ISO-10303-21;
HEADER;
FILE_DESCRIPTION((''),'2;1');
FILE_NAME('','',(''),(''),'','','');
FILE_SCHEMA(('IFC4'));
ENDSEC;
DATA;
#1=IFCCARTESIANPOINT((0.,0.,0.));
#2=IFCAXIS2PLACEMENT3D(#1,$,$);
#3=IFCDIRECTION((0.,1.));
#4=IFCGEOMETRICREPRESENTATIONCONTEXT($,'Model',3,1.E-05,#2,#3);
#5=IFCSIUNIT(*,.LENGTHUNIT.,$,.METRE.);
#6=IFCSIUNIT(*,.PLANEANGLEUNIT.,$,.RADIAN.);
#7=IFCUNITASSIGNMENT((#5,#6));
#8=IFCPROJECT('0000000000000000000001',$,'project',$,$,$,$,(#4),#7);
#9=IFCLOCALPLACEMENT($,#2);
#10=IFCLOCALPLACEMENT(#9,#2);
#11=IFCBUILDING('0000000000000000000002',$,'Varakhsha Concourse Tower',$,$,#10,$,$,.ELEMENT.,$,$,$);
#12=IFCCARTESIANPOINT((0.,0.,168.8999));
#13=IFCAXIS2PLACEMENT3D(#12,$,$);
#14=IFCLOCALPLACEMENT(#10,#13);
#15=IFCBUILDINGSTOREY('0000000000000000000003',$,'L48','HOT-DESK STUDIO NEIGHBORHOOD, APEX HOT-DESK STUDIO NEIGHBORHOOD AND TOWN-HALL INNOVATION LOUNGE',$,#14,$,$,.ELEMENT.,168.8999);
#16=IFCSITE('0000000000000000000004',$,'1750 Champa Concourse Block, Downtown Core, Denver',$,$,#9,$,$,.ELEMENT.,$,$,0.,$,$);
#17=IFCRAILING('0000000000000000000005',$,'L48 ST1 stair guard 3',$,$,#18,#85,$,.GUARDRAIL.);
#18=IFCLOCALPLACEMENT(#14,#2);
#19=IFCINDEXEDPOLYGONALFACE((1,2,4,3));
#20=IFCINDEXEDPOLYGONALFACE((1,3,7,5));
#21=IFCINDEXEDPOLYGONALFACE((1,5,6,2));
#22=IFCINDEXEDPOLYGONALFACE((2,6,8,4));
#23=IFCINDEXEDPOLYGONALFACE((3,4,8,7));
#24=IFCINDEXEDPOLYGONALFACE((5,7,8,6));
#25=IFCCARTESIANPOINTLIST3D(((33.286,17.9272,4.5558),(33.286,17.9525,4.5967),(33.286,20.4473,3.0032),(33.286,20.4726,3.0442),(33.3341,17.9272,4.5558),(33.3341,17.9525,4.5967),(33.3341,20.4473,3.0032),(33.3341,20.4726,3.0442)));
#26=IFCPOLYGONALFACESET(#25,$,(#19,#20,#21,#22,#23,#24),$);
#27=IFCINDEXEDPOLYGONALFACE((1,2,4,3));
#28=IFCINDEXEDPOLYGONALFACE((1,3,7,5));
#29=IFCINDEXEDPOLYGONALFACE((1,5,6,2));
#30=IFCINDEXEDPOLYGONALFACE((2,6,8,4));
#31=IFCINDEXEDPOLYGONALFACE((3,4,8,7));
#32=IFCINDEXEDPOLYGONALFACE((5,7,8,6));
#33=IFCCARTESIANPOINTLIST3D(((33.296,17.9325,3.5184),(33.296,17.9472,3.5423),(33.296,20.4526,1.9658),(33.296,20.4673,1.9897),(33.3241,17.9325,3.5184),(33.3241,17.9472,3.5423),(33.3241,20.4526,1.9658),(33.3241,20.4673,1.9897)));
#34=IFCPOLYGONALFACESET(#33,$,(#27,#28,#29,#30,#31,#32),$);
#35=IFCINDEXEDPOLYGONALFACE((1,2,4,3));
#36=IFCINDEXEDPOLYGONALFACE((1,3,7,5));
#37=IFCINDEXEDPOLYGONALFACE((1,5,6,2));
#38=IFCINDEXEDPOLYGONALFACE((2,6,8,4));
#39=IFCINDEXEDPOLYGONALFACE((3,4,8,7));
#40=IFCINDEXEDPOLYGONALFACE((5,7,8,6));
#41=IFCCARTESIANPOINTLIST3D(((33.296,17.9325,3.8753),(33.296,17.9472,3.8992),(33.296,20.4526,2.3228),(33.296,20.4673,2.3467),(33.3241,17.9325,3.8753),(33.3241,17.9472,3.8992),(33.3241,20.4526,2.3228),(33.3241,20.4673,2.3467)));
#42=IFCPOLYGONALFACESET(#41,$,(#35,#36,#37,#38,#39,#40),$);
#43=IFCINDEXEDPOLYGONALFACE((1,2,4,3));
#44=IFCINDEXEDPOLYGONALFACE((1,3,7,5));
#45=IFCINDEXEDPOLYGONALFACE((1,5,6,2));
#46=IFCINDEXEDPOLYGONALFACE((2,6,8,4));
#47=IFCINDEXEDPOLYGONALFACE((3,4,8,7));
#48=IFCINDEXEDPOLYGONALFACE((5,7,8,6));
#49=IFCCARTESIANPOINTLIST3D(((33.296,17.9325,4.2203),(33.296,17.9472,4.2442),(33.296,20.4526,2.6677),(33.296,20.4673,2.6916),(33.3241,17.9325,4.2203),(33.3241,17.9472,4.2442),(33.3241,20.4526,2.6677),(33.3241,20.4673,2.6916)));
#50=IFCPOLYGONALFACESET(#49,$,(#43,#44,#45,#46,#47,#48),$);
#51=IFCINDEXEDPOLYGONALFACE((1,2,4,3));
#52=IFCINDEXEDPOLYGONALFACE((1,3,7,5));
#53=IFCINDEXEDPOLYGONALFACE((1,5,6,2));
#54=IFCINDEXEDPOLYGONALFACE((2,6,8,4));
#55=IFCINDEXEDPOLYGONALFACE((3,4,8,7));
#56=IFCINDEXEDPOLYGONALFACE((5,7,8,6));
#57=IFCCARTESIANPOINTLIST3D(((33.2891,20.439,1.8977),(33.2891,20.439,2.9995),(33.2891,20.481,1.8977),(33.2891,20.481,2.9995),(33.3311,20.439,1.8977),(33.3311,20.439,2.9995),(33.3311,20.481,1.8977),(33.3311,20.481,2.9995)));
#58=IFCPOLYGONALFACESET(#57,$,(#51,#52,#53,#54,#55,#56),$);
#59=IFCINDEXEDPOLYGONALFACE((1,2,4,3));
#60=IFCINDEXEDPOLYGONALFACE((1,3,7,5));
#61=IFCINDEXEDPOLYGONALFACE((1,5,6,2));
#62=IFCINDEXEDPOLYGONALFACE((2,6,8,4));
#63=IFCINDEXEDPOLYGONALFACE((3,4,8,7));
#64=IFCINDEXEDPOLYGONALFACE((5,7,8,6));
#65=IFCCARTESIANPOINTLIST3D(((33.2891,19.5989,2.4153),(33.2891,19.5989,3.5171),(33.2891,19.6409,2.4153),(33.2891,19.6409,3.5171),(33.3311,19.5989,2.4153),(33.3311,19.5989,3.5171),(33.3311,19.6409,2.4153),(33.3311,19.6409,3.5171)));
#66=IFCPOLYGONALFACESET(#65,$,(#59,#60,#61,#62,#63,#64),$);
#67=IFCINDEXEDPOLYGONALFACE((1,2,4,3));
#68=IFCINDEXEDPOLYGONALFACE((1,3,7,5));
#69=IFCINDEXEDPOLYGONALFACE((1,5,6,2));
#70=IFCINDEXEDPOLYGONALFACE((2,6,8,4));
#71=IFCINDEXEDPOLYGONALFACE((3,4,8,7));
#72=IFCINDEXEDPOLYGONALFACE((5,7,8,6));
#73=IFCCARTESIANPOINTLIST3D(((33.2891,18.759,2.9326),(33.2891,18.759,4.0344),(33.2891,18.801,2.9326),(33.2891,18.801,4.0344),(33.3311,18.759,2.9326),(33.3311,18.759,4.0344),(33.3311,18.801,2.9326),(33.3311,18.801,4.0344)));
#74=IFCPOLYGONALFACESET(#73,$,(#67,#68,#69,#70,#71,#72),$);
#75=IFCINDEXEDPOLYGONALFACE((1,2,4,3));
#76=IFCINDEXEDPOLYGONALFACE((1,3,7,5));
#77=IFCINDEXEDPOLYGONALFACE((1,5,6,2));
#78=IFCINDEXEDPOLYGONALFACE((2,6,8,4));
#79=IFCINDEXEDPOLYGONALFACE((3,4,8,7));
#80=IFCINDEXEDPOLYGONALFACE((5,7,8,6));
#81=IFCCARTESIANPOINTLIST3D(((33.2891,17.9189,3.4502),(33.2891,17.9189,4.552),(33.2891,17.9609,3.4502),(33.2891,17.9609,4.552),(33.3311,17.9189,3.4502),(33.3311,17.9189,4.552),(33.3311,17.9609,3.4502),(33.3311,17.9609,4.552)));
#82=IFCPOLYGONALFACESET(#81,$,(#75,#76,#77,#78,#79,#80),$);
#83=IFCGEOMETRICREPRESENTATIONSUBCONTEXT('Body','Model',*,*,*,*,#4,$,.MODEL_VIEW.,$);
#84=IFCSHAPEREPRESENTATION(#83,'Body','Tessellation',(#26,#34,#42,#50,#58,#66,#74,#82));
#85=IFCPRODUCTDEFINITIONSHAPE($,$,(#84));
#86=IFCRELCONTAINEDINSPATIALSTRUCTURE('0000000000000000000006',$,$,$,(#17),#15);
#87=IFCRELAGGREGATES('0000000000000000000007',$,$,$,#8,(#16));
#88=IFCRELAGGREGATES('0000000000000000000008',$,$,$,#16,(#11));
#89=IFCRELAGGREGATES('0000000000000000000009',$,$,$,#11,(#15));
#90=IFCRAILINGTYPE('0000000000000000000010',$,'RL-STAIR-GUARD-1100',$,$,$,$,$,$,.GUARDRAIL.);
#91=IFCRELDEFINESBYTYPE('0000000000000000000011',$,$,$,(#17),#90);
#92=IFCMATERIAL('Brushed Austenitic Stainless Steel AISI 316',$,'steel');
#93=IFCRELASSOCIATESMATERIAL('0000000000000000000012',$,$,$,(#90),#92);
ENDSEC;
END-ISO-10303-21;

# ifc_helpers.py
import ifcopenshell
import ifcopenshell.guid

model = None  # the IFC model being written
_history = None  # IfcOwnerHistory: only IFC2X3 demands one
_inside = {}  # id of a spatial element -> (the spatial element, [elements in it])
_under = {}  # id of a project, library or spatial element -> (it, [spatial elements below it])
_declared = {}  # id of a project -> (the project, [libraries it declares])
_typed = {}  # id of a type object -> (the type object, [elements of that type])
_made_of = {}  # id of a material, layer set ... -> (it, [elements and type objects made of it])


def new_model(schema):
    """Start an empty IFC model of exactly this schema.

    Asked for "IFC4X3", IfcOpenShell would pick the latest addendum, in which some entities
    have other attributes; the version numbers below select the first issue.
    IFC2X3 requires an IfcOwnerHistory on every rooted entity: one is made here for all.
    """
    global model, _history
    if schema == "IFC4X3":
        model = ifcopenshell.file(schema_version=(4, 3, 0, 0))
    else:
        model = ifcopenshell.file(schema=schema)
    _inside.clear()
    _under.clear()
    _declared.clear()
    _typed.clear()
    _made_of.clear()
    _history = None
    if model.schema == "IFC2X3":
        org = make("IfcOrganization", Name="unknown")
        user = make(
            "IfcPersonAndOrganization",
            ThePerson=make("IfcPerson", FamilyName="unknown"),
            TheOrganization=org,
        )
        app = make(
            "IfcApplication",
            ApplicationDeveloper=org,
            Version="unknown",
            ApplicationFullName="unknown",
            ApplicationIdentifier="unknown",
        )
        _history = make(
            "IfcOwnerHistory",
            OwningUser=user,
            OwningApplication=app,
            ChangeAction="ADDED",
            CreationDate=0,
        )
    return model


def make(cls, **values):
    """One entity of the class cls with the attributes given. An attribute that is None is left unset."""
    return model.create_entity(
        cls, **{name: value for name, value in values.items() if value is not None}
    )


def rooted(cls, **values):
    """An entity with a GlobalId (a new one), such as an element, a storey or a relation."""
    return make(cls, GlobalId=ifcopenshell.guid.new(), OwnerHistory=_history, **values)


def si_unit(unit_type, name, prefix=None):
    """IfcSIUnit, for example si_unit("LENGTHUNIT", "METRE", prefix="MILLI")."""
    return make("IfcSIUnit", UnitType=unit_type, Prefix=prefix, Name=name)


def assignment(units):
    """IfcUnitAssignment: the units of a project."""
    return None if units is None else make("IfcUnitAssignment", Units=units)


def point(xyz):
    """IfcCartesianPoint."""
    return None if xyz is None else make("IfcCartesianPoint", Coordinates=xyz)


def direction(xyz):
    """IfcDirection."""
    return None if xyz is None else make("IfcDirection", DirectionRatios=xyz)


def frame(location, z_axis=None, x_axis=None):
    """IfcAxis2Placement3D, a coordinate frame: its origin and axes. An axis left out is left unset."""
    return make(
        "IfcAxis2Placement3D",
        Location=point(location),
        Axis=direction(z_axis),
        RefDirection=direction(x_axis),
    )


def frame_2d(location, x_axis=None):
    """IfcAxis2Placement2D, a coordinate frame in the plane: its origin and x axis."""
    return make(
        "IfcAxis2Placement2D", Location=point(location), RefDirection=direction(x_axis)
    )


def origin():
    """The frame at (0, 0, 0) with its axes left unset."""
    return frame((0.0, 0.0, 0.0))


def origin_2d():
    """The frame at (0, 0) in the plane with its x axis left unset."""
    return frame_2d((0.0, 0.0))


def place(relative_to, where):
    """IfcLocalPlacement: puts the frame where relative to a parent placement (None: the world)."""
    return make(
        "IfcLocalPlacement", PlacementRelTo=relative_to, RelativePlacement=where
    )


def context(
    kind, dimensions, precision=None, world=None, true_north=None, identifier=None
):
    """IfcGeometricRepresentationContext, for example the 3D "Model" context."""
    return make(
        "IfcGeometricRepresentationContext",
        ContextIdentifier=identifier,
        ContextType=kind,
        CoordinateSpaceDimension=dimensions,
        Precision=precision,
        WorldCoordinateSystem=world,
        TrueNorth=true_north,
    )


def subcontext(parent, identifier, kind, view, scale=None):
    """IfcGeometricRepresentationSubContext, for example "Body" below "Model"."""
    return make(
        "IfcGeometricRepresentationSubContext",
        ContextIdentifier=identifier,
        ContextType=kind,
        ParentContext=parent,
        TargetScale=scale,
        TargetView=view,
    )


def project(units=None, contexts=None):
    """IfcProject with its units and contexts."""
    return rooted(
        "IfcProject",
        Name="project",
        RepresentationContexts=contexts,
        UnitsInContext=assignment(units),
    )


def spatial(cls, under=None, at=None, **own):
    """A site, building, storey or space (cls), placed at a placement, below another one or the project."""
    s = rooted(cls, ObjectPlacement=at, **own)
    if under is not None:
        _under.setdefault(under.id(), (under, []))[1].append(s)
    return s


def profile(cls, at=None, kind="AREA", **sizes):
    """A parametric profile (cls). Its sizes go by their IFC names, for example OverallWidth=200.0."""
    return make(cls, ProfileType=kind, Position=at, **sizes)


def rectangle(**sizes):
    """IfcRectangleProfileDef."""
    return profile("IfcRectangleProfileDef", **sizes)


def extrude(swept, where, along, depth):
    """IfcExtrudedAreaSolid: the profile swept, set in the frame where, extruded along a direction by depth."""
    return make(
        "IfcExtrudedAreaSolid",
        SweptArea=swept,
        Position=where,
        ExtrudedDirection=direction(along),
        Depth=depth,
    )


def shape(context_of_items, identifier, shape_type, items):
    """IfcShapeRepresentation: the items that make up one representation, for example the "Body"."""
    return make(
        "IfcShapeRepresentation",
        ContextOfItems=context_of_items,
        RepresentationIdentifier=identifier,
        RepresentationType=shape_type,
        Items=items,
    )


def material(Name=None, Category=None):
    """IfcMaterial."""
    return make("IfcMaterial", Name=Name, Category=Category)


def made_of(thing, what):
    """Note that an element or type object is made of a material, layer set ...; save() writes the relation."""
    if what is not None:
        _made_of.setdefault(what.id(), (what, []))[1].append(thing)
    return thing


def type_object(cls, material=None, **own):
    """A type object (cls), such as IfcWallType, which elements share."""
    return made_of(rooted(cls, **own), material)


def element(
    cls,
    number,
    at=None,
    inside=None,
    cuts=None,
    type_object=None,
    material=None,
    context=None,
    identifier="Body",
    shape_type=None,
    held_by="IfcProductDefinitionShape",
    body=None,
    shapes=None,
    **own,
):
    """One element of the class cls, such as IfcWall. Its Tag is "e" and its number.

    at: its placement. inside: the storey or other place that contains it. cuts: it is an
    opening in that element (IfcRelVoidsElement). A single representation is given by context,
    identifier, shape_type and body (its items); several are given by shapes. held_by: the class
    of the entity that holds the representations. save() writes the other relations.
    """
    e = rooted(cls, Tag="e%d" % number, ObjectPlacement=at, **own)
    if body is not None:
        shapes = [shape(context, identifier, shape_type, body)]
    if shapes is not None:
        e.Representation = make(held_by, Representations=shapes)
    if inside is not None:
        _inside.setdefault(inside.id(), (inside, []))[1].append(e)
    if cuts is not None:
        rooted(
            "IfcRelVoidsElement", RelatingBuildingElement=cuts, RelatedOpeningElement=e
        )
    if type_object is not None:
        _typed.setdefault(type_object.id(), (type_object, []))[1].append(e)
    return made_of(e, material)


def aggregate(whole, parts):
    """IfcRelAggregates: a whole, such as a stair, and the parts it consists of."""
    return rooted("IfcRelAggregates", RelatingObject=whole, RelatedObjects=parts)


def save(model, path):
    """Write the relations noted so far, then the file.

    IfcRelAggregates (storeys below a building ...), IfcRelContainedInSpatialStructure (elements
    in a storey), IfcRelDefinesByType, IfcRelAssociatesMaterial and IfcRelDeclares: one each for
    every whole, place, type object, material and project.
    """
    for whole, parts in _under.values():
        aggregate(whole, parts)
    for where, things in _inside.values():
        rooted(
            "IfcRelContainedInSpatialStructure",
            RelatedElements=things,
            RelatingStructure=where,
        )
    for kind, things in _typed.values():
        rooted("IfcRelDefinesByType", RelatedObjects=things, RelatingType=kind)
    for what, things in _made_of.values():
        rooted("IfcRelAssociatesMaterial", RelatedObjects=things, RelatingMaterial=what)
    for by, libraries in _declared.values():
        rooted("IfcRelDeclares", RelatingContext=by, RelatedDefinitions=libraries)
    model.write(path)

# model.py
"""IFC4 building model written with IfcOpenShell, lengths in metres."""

from ifc_helpers import new_model, si_unit, direction, frame, origin, origin_2d, place, context, subcontext, project, spatial, rectangle, extrude, material, type_object, element, save


model = new_model("IFC4")

# Units and contexts
model_context = context("Model", 3, precision=1e-05, world=origin(), true_north=direction((0.0, 1.0)))
body_context = subcontext(model_context, "Body", "Model", "MODEL_VIEW")
ifc_project = project(units=[si_unit("LENGTHUNIT", "METRE"), si_unit("PLANEANGLEUNIT", "RADIAN")], contexts=[model_context])

# Site, building, storey
site_placement = place(None, origin())
site = spatial("IfcSite", under=ifc_project, at=site_placement, Name="1750 Champa Concourse Block, Downtown Core, Denver", CompositionType="ELEMENT", RefElevation=0.0)
building_placement = place(site_placement, origin())
building = spatial("IfcBuilding", under=site, at=building_placement, Name="Varakhsha Concourse Tower", CompositionType="ELEMENT")
storey_placement = place(building_placement, frame((0.0, 0.0, 168.8999)))
storey = spatial("IfcBuildingStorey", under=building, at=storey_placement, Name="L48", Description="HOT-DESK STUDIO NEIGHBORHOOD, APEX HOT-DESK STUDIO NEIGHBORHOOD AND TOWN-HALL INNOVATION LOUNGE", CompositionType="ELEMENT", Elevation=168.8999)

# Shared definitions
ifc_material_1 = material(Name="Brushed Austenitic Stainless Steel AISI 316", Category="steel")

# Railing
railing_type = type_object("IfcRailingType", Name="RL-STAIR-GUARD-1100", PredefinedType="GUARDRAIL", material=ifc_material_1)
railing_1_placement = place(storey_placement, frame((33.3101, 20.46, 1.8977)))
element("IfcRailing", 1, at=railing_1_placement, inside=storey, type_object=railing_type, Name="L48 ST1 stair guard 3", PredefinedType="GUARDRAIL", context=body_context, shape_type="SweptSolid", body=[
    extrude(rectangle(XDim=0.0481, YDim=0.0481, at=origin_2d()), frame((0.0, 0.0, 1.126), z_axis=(0.0, -0.8514, 0.524516), x_axis=(1.0, 0.0, 0.0)), (0.0, 0.0, 1.0), 2.96),
    extrude(rectangle(XDim=0.0281, YDim=0.0281, at=origin_2d()), frame((0.0, 0.0, 0.0801), z_axis=(0.0, -0.8514, 0.524516), x_axis=(1.0, 0.0, 0.0)), (0.0, 0.0, 1.0), 2.96),
    extrude(rectangle(XDim=0.0281, YDim=0.0281, at=origin_2d()), frame((0.0, 0.0, 0.437), z_axis=(0.0, -0.8514, 0.524516), x_axis=(1.0, 0.0, 0.0)), (0.0, 0.0, 1.0), 2.96),
    extrude(rectangle(XDim=0.0281, YDim=0.0281, at=origin_2d()), frame((0.0, 0.0, 0.782), z_axis=(0.0, -0.8514, 0.524516), x_axis=(1.0, 0.0, 0.0)), (0.0, 0.0, 1.0), 2.96),
    extrude(rectangle(XDim=0.042, YDim=0.042, at=origin_2d()), origin(), (0.0, 0.0, 1.0), 1.1018),
    extrude(rectangle(XDim=0.042, YDim=0.042, at=origin_2d()), frame((0.0, -0.8401, 0.5176)), (0.0, 0.0, 1.0), 1.1018),
    extrude(rectangle(XDim=0.042, YDim=0.042, at=origin_2d()), frame((0.0, -1.6799, 1.0349)), (0.0, 0.0, 1.0), 1.1018),
    extrude(rectangle(XDim=0.042, YDim=0.042, at=origin_2d()), frame((0.0, -2.52, 1.5525)), (0.0, 0.0, 1.0), 1.1018),
])

save(model, "model.ifc")
